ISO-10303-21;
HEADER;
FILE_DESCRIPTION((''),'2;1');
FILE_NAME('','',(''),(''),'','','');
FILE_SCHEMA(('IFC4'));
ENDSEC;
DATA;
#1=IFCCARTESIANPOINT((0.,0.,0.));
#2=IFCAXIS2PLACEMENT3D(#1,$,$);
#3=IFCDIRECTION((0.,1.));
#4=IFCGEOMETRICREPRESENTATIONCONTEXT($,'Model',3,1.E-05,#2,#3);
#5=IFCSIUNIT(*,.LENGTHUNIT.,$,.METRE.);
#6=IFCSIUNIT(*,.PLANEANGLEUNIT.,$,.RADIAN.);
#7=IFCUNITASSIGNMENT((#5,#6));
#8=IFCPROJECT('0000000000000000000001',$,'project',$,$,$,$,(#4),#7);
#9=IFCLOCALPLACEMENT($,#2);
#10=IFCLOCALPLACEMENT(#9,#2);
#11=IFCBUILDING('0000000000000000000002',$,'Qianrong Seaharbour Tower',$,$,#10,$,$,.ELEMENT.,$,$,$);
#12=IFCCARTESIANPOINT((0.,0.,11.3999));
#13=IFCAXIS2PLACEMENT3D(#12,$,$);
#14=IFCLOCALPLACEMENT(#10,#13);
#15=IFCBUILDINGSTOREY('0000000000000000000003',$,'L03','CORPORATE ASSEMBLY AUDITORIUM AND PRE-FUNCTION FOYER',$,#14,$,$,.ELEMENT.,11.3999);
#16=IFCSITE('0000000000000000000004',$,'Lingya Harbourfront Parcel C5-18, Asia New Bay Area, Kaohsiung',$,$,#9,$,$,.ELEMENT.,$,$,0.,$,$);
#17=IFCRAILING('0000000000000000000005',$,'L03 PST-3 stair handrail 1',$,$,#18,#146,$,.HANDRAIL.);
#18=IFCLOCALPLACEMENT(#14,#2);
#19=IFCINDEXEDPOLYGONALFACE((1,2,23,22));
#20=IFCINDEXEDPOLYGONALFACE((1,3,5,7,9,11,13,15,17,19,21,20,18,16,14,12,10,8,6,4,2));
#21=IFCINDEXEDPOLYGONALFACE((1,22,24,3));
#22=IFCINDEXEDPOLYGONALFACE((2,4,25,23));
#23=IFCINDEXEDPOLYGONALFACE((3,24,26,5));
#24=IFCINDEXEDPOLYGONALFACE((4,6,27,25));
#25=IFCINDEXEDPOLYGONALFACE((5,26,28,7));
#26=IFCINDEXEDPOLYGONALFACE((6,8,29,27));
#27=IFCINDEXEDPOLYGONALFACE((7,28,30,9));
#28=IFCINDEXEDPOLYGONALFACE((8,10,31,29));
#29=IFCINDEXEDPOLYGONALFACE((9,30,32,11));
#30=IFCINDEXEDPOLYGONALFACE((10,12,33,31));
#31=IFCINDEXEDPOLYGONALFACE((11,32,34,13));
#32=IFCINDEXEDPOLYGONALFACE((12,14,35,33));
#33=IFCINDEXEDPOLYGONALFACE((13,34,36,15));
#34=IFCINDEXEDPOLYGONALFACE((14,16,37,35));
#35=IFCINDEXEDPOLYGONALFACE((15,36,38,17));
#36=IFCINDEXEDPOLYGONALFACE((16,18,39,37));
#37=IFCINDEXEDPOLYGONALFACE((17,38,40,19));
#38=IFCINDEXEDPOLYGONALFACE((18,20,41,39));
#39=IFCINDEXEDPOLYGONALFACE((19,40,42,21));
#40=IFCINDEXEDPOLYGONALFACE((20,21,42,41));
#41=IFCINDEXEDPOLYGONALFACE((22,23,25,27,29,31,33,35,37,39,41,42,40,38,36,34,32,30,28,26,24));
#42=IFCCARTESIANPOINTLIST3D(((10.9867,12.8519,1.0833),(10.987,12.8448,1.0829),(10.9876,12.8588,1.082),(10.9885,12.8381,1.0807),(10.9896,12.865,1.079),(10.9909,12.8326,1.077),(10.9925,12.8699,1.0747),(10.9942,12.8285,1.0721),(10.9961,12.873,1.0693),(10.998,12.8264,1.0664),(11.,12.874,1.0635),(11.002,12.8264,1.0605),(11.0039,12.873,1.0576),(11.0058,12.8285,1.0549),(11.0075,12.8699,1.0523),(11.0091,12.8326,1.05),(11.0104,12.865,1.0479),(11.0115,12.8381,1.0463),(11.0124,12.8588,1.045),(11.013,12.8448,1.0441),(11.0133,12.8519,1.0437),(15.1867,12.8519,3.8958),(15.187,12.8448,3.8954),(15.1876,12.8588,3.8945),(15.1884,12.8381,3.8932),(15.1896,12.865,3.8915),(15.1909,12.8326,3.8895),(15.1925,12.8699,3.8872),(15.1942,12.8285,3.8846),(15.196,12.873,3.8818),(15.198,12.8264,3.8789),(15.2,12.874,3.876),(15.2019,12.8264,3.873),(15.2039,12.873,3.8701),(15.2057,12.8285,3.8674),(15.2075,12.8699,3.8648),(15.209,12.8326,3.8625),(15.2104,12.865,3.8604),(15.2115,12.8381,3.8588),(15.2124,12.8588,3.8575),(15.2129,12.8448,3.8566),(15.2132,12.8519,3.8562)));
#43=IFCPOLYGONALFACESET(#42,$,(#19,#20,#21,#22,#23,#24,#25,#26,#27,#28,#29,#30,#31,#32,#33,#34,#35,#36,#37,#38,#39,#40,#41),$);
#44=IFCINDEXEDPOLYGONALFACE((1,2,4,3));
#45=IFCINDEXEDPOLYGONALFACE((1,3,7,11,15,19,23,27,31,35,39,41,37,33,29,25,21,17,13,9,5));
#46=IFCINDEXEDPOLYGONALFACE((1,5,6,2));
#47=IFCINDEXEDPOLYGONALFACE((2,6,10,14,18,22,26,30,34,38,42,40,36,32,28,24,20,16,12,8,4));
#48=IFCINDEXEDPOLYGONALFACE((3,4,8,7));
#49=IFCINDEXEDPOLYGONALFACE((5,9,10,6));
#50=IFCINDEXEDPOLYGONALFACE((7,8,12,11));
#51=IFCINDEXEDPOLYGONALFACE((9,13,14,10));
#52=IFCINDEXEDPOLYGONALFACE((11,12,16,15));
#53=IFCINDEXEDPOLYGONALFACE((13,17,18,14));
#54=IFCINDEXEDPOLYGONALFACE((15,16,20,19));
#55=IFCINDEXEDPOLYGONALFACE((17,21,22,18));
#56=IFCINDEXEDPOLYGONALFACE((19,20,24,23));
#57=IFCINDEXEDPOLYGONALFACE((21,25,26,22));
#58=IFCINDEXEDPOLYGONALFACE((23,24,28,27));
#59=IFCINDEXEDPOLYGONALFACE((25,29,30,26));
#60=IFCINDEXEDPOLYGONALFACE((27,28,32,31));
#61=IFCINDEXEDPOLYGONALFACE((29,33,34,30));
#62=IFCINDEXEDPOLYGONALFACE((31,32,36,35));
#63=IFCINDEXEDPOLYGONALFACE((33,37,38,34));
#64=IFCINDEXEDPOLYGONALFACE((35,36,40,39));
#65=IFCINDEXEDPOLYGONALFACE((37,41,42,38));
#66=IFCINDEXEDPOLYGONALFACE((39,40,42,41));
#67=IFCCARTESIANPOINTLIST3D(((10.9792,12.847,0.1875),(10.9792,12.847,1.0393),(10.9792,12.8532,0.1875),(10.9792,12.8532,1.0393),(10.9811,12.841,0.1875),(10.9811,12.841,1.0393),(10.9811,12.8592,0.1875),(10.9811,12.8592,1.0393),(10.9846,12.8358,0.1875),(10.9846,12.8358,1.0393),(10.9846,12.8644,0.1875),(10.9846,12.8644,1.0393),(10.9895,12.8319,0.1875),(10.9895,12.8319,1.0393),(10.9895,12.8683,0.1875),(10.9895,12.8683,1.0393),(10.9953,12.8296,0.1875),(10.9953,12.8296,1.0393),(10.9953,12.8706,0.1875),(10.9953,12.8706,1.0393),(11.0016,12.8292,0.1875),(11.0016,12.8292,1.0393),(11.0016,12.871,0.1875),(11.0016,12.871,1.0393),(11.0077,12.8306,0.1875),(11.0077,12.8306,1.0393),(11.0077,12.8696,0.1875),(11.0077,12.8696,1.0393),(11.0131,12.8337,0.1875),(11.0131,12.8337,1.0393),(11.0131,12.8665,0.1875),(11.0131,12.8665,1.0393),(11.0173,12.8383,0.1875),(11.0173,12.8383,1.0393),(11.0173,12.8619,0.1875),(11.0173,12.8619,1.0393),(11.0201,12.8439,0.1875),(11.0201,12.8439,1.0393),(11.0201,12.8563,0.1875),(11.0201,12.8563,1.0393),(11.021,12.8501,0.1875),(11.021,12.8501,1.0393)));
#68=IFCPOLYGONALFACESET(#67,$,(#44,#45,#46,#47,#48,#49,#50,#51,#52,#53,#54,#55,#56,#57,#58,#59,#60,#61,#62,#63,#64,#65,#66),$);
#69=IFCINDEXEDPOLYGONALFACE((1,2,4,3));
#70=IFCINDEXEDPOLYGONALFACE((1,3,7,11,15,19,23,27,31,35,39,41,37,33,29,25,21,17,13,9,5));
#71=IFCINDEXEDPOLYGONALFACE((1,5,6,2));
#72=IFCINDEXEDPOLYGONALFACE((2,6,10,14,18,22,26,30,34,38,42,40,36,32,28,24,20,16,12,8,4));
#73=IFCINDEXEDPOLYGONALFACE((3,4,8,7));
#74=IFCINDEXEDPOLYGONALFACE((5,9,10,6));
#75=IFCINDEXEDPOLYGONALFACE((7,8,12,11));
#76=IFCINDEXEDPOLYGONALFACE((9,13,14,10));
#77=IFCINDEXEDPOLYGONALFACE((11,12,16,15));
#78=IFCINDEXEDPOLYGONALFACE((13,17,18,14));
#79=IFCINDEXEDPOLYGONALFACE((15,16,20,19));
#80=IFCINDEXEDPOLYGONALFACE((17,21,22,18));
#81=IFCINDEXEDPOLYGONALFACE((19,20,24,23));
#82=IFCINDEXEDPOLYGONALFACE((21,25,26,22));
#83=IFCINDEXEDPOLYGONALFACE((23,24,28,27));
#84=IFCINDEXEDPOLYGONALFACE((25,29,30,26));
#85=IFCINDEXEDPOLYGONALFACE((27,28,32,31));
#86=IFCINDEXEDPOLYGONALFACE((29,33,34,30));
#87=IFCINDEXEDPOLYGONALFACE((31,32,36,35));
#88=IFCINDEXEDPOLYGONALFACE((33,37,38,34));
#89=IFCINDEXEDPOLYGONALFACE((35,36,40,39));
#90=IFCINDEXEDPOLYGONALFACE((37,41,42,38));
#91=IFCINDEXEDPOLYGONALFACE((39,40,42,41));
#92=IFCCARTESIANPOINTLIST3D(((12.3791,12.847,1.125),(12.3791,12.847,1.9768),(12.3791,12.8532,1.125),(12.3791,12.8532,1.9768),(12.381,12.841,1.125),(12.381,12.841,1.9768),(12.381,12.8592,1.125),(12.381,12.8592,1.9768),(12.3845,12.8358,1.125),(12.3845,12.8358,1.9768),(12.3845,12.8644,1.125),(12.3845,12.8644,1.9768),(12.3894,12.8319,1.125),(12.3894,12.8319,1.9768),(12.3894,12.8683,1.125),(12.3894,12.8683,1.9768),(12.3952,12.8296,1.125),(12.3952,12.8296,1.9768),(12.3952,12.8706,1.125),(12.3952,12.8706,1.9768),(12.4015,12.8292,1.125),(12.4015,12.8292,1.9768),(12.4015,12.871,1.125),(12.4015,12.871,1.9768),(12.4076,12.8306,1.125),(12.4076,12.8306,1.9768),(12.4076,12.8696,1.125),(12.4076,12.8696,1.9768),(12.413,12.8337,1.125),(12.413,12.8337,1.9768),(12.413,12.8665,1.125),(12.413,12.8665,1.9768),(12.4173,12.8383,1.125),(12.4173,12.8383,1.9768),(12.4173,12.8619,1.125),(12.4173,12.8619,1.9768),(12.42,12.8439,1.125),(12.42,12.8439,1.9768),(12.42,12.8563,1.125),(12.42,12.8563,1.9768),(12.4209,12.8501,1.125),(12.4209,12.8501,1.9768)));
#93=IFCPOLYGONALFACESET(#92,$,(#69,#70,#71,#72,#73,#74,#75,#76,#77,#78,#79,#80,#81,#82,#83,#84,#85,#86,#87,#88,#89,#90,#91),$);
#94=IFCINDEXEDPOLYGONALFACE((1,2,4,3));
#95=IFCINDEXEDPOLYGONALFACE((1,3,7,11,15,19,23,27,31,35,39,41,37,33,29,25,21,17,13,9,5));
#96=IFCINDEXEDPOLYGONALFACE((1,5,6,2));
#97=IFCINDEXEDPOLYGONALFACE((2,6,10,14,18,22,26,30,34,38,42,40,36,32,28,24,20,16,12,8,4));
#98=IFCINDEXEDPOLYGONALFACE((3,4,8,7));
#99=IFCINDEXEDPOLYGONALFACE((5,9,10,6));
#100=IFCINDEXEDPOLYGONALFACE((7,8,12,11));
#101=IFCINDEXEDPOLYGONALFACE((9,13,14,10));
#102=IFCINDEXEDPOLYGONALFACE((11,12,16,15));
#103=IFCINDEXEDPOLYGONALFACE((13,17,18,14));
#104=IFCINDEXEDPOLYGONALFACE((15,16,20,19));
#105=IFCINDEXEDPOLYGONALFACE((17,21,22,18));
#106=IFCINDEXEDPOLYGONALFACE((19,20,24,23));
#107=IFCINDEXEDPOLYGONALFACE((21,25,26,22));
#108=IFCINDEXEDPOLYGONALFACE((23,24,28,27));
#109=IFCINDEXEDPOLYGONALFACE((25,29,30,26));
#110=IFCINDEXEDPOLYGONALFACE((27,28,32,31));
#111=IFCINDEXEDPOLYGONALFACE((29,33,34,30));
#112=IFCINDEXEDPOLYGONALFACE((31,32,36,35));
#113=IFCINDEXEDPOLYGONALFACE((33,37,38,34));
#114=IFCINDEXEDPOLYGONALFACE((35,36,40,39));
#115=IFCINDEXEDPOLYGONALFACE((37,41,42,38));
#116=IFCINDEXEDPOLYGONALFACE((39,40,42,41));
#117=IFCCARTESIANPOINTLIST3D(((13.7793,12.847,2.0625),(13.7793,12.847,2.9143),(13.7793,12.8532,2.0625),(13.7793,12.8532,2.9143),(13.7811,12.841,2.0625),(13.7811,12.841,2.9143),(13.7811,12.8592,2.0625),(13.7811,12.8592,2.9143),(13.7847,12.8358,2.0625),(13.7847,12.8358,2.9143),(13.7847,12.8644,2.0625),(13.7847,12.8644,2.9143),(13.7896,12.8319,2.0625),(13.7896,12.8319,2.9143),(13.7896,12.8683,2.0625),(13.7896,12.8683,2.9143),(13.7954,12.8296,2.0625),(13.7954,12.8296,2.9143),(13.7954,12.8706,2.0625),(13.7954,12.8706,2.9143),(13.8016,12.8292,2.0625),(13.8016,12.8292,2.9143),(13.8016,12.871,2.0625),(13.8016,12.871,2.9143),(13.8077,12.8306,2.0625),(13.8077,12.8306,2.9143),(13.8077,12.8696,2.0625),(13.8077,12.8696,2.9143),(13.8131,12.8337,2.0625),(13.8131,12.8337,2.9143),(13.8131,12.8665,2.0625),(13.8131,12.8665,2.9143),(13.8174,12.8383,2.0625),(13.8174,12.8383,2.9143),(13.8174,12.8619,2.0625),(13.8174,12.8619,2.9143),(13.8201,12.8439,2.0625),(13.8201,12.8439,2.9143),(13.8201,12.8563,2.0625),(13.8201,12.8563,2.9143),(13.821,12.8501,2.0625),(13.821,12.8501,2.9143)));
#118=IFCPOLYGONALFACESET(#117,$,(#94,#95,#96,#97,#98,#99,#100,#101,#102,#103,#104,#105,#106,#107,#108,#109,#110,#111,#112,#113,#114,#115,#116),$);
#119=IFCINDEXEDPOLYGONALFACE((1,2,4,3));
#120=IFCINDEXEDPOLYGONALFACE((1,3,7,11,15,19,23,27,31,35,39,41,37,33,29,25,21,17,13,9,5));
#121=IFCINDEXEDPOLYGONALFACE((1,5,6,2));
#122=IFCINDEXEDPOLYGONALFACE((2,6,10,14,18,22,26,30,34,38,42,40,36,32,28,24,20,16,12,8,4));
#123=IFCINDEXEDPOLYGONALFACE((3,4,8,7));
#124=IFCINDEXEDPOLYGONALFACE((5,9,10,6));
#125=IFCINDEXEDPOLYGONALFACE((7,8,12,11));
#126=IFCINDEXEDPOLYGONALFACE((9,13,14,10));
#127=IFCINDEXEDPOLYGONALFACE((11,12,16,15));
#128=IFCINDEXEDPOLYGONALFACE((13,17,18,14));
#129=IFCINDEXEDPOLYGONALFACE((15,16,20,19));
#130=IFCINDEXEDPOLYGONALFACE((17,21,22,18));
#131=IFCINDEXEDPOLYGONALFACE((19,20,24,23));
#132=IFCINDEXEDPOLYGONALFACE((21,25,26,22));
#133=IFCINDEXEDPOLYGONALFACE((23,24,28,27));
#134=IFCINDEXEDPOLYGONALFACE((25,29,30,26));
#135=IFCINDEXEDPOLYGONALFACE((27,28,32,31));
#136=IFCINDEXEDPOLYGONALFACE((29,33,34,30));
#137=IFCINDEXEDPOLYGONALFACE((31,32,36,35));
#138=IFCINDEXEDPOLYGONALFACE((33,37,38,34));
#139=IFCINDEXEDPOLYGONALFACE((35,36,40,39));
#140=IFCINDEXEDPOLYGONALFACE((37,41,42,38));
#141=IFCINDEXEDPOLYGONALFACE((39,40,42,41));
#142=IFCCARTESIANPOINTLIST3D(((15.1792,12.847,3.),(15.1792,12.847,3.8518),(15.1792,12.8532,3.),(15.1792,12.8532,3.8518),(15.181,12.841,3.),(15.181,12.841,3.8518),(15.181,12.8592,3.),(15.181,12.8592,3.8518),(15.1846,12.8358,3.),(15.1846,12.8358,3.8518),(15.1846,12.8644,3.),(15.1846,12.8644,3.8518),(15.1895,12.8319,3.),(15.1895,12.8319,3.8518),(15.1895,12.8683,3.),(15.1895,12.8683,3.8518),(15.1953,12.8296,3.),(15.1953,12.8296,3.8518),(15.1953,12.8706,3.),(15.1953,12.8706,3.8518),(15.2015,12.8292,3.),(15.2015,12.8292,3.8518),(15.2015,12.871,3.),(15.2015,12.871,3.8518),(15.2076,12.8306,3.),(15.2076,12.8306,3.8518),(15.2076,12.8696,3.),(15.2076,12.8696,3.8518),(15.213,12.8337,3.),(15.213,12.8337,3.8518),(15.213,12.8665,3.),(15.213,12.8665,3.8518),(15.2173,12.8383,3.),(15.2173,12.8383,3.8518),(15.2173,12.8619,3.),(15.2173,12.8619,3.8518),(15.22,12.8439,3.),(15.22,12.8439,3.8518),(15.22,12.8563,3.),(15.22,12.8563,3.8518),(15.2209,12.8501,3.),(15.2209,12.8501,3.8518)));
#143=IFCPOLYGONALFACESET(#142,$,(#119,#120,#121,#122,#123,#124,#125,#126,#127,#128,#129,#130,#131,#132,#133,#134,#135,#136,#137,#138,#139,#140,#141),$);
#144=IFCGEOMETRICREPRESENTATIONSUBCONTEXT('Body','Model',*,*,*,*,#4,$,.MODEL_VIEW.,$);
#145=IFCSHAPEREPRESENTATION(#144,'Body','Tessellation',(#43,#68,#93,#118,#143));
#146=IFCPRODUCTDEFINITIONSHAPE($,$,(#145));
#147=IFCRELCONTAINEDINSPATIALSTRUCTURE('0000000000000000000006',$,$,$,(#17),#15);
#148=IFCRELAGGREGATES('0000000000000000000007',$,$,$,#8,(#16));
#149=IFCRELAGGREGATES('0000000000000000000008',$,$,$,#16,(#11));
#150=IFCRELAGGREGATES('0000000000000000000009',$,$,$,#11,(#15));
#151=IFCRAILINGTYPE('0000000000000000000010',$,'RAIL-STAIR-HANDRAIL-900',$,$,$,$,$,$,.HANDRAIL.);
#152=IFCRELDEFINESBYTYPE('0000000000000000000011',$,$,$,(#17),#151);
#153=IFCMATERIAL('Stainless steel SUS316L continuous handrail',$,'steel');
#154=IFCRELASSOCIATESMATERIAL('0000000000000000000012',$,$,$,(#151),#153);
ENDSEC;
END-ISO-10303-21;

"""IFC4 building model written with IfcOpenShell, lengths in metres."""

from ifc_helpers import new_model, si_unit, direction, frame, origin, origin_2d, place, context, subcontext, project, spatial, circle, extrude, material, type_object, element, save


model = new_model("IFC4")

# Units and contexts
model_context = context("Model", 3, precision=1e-05, world=origin(), true_north=direction((0.0, 1.0)))
body_context = subcontext(model_context, "Body", "Model", "MODEL_VIEW")
ifc_project = project(units=[si_unit("LENGTHUNIT", "METRE"), si_unit("PLANEANGLEUNIT", "RADIAN")], contexts=[model_context])

# Site, building, storey
site_placement = place(None, origin())
site = spatial("IfcSite", under=ifc_project, at=site_placement, Name="Lingya Harbourfront Parcel C5-18, Asia New Bay Area, Kaohsiung", CompositionType="ELEMENT", RefElevation=0.0)
building_placement = place(site_placement, origin())
building = spatial("IfcBuilding", under=site, at=building_placement, Name="Qianrong Seaharbour Tower", CompositionType="ELEMENT")
storey_placement = place(building_placement, frame((0.0, 0.0, 11.3999)))
storey = spatial("IfcBuildingStorey", under=building, at=storey_placement, Name="L03", Description="CORPORATE ASSEMBLY AUDITORIUM AND PRE-FUNCTION FOYER", CompositionType="ELEMENT", Elevation=11.3999)

# Railing
ifc_material_1 = material(Name="Stainless steel SUS316L continuous handrail", Category="steel")
railing_type_1 = type_object("IfcRailingType", Name="RAIL-STAIR-HANDRAIL-900", PredefinedType="HANDRAIL", material=ifc_material_1)
railing_1_placement = place(storey_placement, frame((11.0, 12.8501, 0.1875)))
element("IfcRailing", 1, at=railing_1_placement, inside=storey, type_object=railing_type_1, Name="L03 PST-3 stair handrail 1", PredefinedType="HANDRAIL", context=body_context, shape_type="SweptSolid", body=[
    extrude(circle(Radius=0.0239, at=origin_2d()), frame((0.0, 0.0, 0.876), z_axis=(0.830904, 0.0, 0.556416), x_axis=(0.0, 1.0, 0.0)), (0.0, 0.0, 1.0), 5.0547),
    extrude(circle(Radius=0.021, at=origin_2d()), origin(), (0.0, 0.0, 1.0), 0.8518),
    extrude(circle(Radius=0.021, at=origin_2d()), frame((1.3999, 0.0, 0.9375)), (0.0, 0.0, 1.0), 0.8518),
    extrude(circle(Radius=0.021, at=origin_2d()), frame((2.8, 0.0, 1.875)), (0.0, 0.0, 1.0), 0.8518),
    extrude(circle(Radius=0.021, at=origin_2d()), frame((4.2, 0.0, 2.8125)), (0.0, 0.0, 1.0), 0.8518),
])

save(model, "model.ifc")
